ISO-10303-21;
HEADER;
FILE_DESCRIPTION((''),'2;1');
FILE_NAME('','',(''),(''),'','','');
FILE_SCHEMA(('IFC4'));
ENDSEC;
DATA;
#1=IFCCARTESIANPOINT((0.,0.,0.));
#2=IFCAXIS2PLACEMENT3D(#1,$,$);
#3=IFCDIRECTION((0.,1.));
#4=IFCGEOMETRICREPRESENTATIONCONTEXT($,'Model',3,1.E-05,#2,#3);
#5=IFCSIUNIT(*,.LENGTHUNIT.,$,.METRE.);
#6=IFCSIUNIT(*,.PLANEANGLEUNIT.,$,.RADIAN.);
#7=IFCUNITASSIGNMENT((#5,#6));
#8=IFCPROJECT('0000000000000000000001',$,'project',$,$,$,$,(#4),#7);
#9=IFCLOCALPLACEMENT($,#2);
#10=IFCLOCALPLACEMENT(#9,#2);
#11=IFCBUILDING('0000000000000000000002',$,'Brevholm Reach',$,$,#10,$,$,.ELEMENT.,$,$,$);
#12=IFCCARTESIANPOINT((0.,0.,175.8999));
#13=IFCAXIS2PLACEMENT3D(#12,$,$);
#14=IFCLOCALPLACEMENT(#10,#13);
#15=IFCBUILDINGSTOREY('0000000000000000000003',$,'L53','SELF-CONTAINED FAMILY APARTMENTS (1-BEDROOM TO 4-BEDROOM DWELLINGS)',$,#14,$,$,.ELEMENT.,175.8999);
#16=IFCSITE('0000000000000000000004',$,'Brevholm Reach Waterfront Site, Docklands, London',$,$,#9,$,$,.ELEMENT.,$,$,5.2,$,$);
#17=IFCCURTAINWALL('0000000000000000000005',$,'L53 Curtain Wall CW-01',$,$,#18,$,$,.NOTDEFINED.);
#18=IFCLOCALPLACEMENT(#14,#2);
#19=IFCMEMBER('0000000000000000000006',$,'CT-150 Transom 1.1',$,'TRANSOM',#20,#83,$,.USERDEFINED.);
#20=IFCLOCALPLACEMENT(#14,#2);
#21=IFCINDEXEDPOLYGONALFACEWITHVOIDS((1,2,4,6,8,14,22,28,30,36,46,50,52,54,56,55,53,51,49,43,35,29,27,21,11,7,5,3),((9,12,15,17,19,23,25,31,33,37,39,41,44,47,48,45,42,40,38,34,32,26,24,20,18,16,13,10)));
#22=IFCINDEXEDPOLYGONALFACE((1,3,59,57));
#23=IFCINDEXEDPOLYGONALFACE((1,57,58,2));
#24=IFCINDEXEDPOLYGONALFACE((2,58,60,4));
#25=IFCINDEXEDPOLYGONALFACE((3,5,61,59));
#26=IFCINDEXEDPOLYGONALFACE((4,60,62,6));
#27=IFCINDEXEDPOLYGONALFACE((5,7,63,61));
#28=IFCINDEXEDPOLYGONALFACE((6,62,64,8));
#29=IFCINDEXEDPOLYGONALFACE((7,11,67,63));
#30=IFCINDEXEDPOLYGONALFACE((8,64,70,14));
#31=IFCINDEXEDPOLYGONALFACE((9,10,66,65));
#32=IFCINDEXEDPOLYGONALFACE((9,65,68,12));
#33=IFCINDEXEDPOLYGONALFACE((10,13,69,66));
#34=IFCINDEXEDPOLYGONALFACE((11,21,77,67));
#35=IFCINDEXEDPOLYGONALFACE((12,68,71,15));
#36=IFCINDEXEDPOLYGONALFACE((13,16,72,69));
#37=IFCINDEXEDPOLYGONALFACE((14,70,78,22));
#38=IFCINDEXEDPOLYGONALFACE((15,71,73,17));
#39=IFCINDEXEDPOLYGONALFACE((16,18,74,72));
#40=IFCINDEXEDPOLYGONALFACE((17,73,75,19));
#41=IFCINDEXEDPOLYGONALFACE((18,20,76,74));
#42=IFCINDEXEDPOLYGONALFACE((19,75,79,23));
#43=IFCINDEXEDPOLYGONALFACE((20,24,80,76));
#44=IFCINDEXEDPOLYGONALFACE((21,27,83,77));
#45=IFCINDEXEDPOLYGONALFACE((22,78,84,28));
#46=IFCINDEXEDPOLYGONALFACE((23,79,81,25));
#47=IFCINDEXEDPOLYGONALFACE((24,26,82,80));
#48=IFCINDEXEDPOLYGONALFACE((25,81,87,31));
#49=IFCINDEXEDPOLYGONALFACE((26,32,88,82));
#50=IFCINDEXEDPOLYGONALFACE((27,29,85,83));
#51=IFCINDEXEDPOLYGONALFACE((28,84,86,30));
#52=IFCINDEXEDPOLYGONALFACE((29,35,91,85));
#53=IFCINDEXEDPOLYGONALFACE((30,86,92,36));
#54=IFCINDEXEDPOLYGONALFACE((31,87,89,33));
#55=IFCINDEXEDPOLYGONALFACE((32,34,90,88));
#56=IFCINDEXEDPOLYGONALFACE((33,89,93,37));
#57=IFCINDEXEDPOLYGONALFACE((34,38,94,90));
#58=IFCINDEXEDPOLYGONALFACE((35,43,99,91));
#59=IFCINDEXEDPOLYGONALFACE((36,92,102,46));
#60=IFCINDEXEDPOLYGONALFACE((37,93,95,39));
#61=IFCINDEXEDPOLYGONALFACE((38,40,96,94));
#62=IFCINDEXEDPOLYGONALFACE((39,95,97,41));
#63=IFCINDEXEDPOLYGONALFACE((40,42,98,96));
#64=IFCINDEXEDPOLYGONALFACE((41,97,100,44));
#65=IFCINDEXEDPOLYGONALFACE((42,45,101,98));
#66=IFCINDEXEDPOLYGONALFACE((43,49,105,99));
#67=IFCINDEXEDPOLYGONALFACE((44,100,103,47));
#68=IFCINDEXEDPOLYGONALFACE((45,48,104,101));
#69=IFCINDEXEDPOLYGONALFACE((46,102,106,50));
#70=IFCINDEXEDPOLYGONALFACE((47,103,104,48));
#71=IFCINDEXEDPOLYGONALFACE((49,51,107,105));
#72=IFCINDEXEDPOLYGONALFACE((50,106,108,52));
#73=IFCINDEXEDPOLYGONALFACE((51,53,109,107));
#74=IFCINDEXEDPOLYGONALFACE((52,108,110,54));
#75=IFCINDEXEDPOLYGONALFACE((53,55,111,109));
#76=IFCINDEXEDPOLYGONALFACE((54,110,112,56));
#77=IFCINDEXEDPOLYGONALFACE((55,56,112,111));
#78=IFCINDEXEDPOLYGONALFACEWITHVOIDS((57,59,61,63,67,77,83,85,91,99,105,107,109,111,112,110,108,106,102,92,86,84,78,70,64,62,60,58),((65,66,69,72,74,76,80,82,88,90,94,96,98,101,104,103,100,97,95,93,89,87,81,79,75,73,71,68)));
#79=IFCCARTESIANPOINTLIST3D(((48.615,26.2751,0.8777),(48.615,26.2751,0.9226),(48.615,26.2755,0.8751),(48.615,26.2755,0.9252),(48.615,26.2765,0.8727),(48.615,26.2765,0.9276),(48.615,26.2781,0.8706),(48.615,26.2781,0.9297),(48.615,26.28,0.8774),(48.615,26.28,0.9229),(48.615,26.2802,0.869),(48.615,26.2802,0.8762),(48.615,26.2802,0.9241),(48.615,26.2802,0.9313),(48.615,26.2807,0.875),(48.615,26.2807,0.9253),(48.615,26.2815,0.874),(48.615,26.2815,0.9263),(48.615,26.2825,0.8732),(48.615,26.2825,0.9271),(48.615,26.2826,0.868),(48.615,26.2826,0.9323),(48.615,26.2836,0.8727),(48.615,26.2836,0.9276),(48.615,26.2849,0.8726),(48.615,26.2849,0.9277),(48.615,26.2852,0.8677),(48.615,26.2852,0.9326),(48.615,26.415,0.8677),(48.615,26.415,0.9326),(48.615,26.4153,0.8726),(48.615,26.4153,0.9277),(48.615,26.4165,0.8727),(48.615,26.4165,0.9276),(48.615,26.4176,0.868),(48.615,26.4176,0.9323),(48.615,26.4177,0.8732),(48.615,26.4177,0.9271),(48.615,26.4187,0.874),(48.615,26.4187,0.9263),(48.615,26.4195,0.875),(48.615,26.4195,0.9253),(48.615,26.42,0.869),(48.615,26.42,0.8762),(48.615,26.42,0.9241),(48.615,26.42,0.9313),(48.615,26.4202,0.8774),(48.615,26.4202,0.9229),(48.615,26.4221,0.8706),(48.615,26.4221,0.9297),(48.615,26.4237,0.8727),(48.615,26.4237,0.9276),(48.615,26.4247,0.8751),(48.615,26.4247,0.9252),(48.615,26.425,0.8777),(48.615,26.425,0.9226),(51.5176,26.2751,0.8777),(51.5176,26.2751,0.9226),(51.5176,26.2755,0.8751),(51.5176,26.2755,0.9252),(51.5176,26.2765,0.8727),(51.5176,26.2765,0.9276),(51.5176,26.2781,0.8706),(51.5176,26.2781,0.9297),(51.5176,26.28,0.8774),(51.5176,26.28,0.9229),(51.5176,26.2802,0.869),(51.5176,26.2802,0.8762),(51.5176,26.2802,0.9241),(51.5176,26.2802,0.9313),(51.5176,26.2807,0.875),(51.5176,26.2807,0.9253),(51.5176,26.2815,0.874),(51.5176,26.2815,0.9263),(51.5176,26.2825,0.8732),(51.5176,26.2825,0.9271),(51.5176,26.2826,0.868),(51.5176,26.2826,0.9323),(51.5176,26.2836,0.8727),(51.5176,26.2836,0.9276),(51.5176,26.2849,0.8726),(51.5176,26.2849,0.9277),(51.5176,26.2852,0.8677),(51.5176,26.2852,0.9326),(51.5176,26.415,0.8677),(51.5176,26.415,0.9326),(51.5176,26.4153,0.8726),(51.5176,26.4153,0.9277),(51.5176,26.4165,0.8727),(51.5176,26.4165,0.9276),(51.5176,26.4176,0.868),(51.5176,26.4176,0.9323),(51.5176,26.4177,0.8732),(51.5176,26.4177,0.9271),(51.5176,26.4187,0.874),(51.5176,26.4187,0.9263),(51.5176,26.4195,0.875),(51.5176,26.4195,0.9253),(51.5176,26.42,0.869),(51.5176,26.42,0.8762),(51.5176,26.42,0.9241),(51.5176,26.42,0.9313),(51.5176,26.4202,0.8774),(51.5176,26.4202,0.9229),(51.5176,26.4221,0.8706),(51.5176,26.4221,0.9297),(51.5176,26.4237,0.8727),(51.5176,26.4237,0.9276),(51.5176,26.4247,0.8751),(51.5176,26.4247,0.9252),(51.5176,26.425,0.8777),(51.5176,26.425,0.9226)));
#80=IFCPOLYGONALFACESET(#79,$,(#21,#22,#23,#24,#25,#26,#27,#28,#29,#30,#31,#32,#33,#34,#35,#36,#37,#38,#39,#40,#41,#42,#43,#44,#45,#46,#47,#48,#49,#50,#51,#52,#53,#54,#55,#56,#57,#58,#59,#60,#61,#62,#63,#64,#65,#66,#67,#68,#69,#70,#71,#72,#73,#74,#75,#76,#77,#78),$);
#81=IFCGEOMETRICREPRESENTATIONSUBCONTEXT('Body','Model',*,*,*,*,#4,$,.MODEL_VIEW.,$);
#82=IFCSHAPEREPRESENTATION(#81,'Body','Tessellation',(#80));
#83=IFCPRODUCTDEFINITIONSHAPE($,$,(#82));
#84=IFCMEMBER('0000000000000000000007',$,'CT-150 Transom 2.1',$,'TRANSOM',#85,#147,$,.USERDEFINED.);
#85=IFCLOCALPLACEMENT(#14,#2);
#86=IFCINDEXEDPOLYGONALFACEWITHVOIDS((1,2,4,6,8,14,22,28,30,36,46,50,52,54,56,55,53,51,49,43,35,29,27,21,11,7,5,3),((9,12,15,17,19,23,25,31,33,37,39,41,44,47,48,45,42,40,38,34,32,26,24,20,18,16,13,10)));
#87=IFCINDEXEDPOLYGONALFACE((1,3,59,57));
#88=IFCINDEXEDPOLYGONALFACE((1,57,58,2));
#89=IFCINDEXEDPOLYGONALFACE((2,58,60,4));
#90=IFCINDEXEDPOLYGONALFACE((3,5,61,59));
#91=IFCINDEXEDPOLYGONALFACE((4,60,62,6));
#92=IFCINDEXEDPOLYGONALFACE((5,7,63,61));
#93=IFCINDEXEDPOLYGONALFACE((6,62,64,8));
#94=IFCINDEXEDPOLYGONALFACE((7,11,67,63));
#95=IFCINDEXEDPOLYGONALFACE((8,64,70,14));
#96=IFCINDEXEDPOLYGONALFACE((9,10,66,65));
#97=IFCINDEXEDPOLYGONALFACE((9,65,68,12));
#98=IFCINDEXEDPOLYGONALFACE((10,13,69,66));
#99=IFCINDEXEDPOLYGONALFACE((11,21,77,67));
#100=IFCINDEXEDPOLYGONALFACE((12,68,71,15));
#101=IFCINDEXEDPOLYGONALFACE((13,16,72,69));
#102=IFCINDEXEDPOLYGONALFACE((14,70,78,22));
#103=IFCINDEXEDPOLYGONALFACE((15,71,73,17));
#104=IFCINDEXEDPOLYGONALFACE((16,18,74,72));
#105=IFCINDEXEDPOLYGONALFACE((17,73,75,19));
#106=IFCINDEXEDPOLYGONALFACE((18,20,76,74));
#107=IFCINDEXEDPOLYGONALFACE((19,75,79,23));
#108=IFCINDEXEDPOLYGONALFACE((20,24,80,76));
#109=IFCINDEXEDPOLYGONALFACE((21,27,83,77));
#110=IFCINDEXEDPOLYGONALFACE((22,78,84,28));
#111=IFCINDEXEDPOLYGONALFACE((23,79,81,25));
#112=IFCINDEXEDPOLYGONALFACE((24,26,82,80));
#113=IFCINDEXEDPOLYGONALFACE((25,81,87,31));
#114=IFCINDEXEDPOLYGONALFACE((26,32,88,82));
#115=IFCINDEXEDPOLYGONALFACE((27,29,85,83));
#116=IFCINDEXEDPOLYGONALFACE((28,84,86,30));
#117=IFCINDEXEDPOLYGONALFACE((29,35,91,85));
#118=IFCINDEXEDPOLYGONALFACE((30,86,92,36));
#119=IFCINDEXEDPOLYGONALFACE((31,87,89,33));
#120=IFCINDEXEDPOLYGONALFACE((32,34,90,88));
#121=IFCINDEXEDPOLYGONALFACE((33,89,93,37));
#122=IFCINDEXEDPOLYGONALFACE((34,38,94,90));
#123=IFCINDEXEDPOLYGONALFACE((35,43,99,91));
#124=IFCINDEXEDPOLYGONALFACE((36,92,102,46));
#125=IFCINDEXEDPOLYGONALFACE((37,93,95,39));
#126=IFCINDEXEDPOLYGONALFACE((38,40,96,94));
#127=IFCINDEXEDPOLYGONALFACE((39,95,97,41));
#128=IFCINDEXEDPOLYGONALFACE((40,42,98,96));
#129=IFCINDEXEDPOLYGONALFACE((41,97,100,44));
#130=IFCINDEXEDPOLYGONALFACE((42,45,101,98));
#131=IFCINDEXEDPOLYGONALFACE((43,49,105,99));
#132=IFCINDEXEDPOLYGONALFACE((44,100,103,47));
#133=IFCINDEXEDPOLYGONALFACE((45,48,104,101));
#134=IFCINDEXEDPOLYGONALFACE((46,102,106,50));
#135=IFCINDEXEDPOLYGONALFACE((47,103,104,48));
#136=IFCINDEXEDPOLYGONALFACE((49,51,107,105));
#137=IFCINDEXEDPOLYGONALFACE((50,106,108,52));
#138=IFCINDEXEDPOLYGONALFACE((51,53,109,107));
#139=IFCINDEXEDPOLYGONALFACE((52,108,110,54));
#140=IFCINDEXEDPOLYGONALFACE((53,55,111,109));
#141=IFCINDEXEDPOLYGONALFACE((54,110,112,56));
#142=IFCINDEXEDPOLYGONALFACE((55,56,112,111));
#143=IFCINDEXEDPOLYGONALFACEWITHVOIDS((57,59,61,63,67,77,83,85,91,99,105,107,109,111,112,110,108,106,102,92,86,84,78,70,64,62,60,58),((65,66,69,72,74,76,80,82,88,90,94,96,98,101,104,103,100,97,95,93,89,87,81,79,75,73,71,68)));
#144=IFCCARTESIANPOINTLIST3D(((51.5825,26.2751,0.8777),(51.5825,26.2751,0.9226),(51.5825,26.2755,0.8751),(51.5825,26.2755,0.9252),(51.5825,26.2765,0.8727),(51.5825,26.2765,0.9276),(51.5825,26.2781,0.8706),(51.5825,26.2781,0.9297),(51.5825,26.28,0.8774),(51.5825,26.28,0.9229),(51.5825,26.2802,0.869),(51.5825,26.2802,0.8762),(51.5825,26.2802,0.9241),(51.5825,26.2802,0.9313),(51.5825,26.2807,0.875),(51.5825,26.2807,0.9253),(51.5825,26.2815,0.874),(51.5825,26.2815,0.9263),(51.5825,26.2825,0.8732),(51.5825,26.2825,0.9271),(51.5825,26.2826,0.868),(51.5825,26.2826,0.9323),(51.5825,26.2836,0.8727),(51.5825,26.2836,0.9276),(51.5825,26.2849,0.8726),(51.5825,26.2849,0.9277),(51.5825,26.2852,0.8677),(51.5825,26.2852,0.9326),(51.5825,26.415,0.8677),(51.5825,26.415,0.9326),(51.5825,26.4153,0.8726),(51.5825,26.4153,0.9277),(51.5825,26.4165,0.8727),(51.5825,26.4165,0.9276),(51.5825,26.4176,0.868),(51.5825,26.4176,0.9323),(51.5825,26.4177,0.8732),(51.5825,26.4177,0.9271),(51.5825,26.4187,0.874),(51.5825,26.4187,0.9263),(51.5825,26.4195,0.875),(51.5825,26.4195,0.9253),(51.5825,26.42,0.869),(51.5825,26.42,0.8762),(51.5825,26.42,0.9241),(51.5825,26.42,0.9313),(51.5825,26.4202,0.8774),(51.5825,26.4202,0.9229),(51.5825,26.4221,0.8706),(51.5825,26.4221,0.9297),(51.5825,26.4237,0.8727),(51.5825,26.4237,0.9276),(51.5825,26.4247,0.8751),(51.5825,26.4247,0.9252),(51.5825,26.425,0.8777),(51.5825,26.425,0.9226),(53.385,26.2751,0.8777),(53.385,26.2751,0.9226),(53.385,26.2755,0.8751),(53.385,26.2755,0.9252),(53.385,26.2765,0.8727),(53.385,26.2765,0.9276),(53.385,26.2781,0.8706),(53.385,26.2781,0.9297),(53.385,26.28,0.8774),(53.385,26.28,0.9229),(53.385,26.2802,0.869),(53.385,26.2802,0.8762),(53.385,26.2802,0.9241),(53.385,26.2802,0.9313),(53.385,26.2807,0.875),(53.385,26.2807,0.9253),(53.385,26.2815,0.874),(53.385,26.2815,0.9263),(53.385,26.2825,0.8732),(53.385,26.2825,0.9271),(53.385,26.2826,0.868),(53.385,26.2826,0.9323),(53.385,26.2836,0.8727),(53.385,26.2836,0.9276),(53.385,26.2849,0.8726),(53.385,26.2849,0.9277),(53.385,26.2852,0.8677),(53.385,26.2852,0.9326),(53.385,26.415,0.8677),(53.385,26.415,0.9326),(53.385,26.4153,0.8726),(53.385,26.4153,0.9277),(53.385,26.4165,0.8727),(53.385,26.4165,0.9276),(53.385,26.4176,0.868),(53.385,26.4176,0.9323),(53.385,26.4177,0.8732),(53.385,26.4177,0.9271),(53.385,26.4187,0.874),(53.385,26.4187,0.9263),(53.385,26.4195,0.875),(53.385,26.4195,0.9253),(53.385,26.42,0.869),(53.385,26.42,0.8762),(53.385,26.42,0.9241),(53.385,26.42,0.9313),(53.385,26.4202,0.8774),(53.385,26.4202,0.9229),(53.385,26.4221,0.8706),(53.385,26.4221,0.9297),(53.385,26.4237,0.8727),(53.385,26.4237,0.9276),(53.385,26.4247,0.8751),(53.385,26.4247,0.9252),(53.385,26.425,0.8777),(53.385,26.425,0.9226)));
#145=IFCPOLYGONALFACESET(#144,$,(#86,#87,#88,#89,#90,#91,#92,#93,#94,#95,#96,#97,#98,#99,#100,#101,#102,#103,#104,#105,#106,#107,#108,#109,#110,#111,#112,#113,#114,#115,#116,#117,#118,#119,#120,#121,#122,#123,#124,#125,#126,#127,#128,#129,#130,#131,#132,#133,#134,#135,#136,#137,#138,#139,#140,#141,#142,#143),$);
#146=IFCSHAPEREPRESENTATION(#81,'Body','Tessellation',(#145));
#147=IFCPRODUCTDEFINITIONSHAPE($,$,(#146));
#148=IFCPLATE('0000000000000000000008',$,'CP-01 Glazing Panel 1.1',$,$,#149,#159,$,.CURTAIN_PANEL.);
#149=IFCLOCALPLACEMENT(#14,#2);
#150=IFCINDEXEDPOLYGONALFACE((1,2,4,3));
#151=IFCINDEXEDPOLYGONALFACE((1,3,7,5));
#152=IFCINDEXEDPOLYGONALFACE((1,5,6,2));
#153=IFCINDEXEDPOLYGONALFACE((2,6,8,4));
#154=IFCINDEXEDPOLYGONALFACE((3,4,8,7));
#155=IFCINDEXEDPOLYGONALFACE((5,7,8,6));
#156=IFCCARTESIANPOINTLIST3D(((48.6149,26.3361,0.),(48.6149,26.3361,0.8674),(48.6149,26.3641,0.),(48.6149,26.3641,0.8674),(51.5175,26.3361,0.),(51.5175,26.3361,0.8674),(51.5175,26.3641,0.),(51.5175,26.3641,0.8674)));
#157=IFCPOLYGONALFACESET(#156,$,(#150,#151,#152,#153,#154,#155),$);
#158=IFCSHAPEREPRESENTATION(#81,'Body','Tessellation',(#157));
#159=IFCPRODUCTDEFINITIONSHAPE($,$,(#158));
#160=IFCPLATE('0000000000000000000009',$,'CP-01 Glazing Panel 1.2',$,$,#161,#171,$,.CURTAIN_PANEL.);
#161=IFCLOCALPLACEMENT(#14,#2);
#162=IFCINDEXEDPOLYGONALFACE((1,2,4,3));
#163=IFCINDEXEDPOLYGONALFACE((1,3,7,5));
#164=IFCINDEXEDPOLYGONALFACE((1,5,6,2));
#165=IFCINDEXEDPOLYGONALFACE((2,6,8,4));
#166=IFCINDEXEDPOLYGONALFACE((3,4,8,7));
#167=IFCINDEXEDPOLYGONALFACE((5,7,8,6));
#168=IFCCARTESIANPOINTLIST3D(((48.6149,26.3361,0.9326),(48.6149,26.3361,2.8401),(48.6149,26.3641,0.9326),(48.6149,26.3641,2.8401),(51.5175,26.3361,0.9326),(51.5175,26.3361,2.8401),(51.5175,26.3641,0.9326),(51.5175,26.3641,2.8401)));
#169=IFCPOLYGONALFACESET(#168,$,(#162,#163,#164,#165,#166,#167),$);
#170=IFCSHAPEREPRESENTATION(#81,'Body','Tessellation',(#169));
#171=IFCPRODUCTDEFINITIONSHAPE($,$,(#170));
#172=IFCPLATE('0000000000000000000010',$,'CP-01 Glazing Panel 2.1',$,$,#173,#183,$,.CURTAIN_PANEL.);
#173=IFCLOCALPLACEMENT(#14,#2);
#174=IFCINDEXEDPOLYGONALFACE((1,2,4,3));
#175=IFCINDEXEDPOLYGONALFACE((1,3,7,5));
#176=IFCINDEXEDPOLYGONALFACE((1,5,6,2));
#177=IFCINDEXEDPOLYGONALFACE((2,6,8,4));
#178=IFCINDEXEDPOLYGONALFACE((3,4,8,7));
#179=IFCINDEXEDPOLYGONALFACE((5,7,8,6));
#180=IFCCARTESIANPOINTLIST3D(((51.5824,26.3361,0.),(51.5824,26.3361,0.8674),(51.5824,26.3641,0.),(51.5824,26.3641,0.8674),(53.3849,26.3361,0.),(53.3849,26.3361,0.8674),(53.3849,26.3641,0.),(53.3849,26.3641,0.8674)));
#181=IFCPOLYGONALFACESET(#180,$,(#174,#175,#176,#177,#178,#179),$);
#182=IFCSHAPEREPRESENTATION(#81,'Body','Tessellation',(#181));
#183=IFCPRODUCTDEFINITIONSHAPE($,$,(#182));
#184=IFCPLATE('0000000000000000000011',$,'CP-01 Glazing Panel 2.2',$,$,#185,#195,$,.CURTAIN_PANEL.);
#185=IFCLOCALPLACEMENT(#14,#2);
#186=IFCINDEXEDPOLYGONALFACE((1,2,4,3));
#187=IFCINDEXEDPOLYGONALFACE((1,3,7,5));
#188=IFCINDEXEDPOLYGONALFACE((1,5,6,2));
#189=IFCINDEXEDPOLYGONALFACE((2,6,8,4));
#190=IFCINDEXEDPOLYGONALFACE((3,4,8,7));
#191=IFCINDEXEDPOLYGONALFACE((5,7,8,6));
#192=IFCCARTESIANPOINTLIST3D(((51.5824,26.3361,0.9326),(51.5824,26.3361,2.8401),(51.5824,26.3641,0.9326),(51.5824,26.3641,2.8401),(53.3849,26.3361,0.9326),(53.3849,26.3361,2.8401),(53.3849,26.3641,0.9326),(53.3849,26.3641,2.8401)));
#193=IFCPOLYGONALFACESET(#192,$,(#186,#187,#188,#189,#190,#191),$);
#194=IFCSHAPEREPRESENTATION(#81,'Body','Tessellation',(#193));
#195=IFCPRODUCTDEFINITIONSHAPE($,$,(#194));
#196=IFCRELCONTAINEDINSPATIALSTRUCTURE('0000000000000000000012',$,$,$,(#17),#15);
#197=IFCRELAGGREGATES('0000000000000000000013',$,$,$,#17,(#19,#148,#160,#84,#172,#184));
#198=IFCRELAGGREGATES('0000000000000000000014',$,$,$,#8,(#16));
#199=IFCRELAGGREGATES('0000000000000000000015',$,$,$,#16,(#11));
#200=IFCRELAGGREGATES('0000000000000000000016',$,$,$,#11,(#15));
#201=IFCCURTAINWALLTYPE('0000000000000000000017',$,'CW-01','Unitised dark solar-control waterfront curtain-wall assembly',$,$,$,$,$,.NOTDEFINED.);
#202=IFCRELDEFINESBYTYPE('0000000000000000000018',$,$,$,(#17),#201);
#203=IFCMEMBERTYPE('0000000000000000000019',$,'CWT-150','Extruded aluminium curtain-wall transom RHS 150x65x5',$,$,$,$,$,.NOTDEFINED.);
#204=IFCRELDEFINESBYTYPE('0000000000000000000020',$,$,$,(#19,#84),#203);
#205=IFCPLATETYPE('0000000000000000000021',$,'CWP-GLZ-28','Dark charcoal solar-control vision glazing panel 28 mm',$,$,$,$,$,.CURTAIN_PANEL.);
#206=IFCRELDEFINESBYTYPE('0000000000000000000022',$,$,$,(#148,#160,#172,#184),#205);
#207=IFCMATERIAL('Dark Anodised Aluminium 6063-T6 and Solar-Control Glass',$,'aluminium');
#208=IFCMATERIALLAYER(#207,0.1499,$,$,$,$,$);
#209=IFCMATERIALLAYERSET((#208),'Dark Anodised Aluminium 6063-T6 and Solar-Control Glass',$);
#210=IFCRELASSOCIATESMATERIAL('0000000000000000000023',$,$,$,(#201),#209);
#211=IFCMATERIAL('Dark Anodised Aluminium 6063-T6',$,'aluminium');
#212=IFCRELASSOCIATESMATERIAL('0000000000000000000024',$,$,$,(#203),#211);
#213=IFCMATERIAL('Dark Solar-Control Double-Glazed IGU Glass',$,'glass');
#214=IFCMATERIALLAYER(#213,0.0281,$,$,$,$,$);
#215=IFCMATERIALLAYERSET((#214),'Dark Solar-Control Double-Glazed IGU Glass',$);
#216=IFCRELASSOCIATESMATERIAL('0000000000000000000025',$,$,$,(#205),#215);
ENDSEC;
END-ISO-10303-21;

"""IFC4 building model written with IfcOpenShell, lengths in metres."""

from ifc_helpers import new_model, si_unit, direction, frame, origin, origin_2d, place, context, subcontext, project, spatial, rectangle, hollow_rectangle, extrude, material, layer, layer_set, material_profile, profile_set, type_object, element, aggregate, save


model = new_model("IFC4")

# Units and contexts
model_context = context("Model", 3, precision=1e-05, world=origin(), true_north=direction((0.0, 1.0)))
body_context = subcontext(model_context, "Body", "Model", "MODEL_VIEW")
ifc_project = project(units=[si_unit("LENGTHUNIT", "METRE"), si_unit("PLANEANGLEUNIT", "RADIAN")], contexts=[model_context])

# Site, building, storey
site_placement = place(None, origin())
site = spatial("IfcSite", under=ifc_project, at=site_placement, Name="Brevholm Reach Waterfront Site, Docklands, London", CompositionType="ELEMENT", RefElevation=5.2)
building_placement = place(site_placement, origin())
building = spatial("IfcBuilding", under=site, at=building_placement, Name="Brevholm Reach", CompositionType="ELEMENT")
storey_placement = place(building_placement, frame((0.0, 0.0, 175.8999)))
storey = spatial("IfcBuildingStorey", under=building, at=storey_placement, Name="L53", Description="SELF-CONTAINED FAMILY APARTMENTS (1-BEDROOM TO 4-BEDROOM DWELLINGS)", CompositionType="ELEMENT", Elevation=175.8999)

# Curtain wall, members, plates
ifc_material_1 = material(Name="Dark Anodised Aluminium 6063-T6 and Solar-Control Glass", Category="aluminium")
ifc_layer_1 = layer(ifc_material_1, 0.1499)
ifc_layer_set_1 = layer_set([ifc_layer_1], Name="Dark Anodised Aluminium 6063-T6 and Solar-Control Glass")
curtain_wall_type = type_object("IfcCurtainWallType", Name="CW-01", Description="Unitised dark solar-control waterfront curtain-wall assembly", PredefinedType="NOTDEFINED", material=ifc_layer_set_1)
curtain_wall_placement = place(storey_placement, origin())
curtain_wall = element("IfcCurtainWall", 1, at=curtain_wall_placement, inside=storey, type_object=curtain_wall_type, Name="L53 Curtain Wall CW-01", PredefinedType="NOTDEFINED")
ifc_material_2 = material(Name="Dark Anodised Aluminium 6063-T6", Category="aluminium")
ifc_material_profile_1 = material_profile(ifc_material_2, hollow_rectangle(XDim=0.0649, YDim=0.1499, WallThickness=0.0049, InnerFilletRadius=0.0049, OuterFilletRadius=0.01, at=origin_2d()), Name="RHS 150x65x5")
ifc_profile_set_1 = profile_set([ifc_material_profile_1], Name="Dark Anodised Aluminium 6063-T6")
member_type_1 = type_object("IfcMemberType", Name="CWT-150", Description="Extruded aluminium curtain-wall transom RHS 150x65x5", PredefinedType="NOTDEFINED", material=ifc_profile_set_1)
member_1_placement = place(storey_placement, frame((48.615, 26.3501, 0.9001), z_axis=(1.0, 0.0, 0.0), x_axis=(0.0, 0.0, 1.0)))
member_1 = element("IfcMember", 2, at=member_1_placement, type_object=member_type_1, Name="CT-150 Transom 1.1", ObjectType="TRANSOM", PredefinedType="USERDEFINED", context=body_context, shape_type="SweptSolid", body=[
    extrude(hollow_rectangle(XDim=0.0649, YDim=0.1499, WallThickness=0.0049, InnerFilletRadius=0.0049, OuterFilletRadius=0.01, at=origin_2d()), origin(), (0.0, 0.0, 1.0), 2.9026),
])
member_2_placement = place(storey_placement, frame((51.5825, 26.3501, 0.9001), z_axis=(1.0, 0.0, 0.0), x_axis=(0.0, 0.0, 1.0)))
member_2 = element("IfcMember", 3, at=member_2_placement, type_object=member_type_1, Name="CT-150 Transom 2.1", ObjectType="TRANSOM", PredefinedType="USERDEFINED", context=body_context, shape_type="SweptSolid", body=[
    extrude(hollow_rectangle(XDim=0.0649, YDim=0.1499, WallThickness=0.0049, InnerFilletRadius=0.0049, OuterFilletRadius=0.01, at=origin_2d()), origin(), (0.0, 0.0, 1.0), 1.8025),
])
ifc_material_3 = material(Name="Dark Solar-Control Double-Glazed IGU Glass", Category="glass")
ifc_layer_2 = layer(ifc_material_3, 0.0281)
ifc_layer_set_2 = layer_set([ifc_layer_2], Name="Dark Solar-Control Double-Glazed IGU Glass")
plate_type = type_object("IfcPlateType", Name="CWP-GLZ-28", Description="Dark charcoal solar-control vision glazing panel 28 mm", PredefinedType="CURTAIN_PANEL", material=ifc_layer_set_2)
plate_1_placement = place(storey_placement, frame((50.0662, 26.3501, 0.0), z_axis=(0.0, 0.0, 1.0), x_axis=(1.0, 0.0, 0.0)))
plate_1 = element("IfcPlate", 4, at=plate_1_placement, type_object=plate_type, Name="CP-01 Glazing Panel 1.1", PredefinedType="CURTAIN_PANEL", context=body_context, shape_type="SweptSolid", body=[
    extrude(rectangle(XDim=2.9026, YDim=0.0281, at=origin_2d()), origin(), (0.0, 0.0, 1.0), 0.8674),
])
plate_2_placement = place(storey_placement, frame((50.0662, 26.3501, 0.9326), z_axis=(0.0, 0.0, 1.0), x_axis=(1.0, 0.0, 0.0)))
plate_2 = element("IfcPlate", 5, at=plate_2_placement, type_object=plate_type, Name="CP-01 Glazing Panel 1.2", PredefinedType="CURTAIN_PANEL", context=body_context, shape_type="SweptSolid", body=[
    extrude(rectangle(XDim=2.9026, YDim=0.0281, at=origin_2d()), origin(), (0.0, 0.0, 1.0), 1.9075),
])
plate_3_placement = place(storey_placement, frame((52.4836, 26.3501, 0.0), z_axis=(0.0, 0.0, 1.0), x_axis=(1.0, 0.0, 0.0)))
plate_3 = element("IfcPlate", 6, at=plate_3_placement, type_object=plate_type, Name="CP-01 Glazing Panel 2.1", PredefinedType="CURTAIN_PANEL", context=body_context, shape_type="SweptSolid", body=[
    extrude(rectangle(XDim=1.8025, YDim=0.0281, at=origin_2d()), origin(), (0.0, 0.0, 1.0), 0.8674),
])
plate_4_placement = place(storey_placement, frame((52.4836, 26.3501, 0.9326), z_axis=(0.0, 0.0, 1.0), x_axis=(1.0, 0.0, 0.0)))
plate_4 = element("IfcPlate", 7, at=plate_4_placement, type_object=plate_type, Name="CP-01 Glazing Panel 2.2", PredefinedType="CURTAIN_PANEL", context=body_context, shape_type="SweptSolid", body=[
    extrude(rectangle(XDim=1.8025, YDim=0.0281, at=origin_2d()), origin(), (0.0, 0.0, 1.0), 1.9075),
])
aggregate(curtain_wall, [member_1, plate_1, plate_2, member_2, plate_3, plate_4])

save(model, "model.ifc")
